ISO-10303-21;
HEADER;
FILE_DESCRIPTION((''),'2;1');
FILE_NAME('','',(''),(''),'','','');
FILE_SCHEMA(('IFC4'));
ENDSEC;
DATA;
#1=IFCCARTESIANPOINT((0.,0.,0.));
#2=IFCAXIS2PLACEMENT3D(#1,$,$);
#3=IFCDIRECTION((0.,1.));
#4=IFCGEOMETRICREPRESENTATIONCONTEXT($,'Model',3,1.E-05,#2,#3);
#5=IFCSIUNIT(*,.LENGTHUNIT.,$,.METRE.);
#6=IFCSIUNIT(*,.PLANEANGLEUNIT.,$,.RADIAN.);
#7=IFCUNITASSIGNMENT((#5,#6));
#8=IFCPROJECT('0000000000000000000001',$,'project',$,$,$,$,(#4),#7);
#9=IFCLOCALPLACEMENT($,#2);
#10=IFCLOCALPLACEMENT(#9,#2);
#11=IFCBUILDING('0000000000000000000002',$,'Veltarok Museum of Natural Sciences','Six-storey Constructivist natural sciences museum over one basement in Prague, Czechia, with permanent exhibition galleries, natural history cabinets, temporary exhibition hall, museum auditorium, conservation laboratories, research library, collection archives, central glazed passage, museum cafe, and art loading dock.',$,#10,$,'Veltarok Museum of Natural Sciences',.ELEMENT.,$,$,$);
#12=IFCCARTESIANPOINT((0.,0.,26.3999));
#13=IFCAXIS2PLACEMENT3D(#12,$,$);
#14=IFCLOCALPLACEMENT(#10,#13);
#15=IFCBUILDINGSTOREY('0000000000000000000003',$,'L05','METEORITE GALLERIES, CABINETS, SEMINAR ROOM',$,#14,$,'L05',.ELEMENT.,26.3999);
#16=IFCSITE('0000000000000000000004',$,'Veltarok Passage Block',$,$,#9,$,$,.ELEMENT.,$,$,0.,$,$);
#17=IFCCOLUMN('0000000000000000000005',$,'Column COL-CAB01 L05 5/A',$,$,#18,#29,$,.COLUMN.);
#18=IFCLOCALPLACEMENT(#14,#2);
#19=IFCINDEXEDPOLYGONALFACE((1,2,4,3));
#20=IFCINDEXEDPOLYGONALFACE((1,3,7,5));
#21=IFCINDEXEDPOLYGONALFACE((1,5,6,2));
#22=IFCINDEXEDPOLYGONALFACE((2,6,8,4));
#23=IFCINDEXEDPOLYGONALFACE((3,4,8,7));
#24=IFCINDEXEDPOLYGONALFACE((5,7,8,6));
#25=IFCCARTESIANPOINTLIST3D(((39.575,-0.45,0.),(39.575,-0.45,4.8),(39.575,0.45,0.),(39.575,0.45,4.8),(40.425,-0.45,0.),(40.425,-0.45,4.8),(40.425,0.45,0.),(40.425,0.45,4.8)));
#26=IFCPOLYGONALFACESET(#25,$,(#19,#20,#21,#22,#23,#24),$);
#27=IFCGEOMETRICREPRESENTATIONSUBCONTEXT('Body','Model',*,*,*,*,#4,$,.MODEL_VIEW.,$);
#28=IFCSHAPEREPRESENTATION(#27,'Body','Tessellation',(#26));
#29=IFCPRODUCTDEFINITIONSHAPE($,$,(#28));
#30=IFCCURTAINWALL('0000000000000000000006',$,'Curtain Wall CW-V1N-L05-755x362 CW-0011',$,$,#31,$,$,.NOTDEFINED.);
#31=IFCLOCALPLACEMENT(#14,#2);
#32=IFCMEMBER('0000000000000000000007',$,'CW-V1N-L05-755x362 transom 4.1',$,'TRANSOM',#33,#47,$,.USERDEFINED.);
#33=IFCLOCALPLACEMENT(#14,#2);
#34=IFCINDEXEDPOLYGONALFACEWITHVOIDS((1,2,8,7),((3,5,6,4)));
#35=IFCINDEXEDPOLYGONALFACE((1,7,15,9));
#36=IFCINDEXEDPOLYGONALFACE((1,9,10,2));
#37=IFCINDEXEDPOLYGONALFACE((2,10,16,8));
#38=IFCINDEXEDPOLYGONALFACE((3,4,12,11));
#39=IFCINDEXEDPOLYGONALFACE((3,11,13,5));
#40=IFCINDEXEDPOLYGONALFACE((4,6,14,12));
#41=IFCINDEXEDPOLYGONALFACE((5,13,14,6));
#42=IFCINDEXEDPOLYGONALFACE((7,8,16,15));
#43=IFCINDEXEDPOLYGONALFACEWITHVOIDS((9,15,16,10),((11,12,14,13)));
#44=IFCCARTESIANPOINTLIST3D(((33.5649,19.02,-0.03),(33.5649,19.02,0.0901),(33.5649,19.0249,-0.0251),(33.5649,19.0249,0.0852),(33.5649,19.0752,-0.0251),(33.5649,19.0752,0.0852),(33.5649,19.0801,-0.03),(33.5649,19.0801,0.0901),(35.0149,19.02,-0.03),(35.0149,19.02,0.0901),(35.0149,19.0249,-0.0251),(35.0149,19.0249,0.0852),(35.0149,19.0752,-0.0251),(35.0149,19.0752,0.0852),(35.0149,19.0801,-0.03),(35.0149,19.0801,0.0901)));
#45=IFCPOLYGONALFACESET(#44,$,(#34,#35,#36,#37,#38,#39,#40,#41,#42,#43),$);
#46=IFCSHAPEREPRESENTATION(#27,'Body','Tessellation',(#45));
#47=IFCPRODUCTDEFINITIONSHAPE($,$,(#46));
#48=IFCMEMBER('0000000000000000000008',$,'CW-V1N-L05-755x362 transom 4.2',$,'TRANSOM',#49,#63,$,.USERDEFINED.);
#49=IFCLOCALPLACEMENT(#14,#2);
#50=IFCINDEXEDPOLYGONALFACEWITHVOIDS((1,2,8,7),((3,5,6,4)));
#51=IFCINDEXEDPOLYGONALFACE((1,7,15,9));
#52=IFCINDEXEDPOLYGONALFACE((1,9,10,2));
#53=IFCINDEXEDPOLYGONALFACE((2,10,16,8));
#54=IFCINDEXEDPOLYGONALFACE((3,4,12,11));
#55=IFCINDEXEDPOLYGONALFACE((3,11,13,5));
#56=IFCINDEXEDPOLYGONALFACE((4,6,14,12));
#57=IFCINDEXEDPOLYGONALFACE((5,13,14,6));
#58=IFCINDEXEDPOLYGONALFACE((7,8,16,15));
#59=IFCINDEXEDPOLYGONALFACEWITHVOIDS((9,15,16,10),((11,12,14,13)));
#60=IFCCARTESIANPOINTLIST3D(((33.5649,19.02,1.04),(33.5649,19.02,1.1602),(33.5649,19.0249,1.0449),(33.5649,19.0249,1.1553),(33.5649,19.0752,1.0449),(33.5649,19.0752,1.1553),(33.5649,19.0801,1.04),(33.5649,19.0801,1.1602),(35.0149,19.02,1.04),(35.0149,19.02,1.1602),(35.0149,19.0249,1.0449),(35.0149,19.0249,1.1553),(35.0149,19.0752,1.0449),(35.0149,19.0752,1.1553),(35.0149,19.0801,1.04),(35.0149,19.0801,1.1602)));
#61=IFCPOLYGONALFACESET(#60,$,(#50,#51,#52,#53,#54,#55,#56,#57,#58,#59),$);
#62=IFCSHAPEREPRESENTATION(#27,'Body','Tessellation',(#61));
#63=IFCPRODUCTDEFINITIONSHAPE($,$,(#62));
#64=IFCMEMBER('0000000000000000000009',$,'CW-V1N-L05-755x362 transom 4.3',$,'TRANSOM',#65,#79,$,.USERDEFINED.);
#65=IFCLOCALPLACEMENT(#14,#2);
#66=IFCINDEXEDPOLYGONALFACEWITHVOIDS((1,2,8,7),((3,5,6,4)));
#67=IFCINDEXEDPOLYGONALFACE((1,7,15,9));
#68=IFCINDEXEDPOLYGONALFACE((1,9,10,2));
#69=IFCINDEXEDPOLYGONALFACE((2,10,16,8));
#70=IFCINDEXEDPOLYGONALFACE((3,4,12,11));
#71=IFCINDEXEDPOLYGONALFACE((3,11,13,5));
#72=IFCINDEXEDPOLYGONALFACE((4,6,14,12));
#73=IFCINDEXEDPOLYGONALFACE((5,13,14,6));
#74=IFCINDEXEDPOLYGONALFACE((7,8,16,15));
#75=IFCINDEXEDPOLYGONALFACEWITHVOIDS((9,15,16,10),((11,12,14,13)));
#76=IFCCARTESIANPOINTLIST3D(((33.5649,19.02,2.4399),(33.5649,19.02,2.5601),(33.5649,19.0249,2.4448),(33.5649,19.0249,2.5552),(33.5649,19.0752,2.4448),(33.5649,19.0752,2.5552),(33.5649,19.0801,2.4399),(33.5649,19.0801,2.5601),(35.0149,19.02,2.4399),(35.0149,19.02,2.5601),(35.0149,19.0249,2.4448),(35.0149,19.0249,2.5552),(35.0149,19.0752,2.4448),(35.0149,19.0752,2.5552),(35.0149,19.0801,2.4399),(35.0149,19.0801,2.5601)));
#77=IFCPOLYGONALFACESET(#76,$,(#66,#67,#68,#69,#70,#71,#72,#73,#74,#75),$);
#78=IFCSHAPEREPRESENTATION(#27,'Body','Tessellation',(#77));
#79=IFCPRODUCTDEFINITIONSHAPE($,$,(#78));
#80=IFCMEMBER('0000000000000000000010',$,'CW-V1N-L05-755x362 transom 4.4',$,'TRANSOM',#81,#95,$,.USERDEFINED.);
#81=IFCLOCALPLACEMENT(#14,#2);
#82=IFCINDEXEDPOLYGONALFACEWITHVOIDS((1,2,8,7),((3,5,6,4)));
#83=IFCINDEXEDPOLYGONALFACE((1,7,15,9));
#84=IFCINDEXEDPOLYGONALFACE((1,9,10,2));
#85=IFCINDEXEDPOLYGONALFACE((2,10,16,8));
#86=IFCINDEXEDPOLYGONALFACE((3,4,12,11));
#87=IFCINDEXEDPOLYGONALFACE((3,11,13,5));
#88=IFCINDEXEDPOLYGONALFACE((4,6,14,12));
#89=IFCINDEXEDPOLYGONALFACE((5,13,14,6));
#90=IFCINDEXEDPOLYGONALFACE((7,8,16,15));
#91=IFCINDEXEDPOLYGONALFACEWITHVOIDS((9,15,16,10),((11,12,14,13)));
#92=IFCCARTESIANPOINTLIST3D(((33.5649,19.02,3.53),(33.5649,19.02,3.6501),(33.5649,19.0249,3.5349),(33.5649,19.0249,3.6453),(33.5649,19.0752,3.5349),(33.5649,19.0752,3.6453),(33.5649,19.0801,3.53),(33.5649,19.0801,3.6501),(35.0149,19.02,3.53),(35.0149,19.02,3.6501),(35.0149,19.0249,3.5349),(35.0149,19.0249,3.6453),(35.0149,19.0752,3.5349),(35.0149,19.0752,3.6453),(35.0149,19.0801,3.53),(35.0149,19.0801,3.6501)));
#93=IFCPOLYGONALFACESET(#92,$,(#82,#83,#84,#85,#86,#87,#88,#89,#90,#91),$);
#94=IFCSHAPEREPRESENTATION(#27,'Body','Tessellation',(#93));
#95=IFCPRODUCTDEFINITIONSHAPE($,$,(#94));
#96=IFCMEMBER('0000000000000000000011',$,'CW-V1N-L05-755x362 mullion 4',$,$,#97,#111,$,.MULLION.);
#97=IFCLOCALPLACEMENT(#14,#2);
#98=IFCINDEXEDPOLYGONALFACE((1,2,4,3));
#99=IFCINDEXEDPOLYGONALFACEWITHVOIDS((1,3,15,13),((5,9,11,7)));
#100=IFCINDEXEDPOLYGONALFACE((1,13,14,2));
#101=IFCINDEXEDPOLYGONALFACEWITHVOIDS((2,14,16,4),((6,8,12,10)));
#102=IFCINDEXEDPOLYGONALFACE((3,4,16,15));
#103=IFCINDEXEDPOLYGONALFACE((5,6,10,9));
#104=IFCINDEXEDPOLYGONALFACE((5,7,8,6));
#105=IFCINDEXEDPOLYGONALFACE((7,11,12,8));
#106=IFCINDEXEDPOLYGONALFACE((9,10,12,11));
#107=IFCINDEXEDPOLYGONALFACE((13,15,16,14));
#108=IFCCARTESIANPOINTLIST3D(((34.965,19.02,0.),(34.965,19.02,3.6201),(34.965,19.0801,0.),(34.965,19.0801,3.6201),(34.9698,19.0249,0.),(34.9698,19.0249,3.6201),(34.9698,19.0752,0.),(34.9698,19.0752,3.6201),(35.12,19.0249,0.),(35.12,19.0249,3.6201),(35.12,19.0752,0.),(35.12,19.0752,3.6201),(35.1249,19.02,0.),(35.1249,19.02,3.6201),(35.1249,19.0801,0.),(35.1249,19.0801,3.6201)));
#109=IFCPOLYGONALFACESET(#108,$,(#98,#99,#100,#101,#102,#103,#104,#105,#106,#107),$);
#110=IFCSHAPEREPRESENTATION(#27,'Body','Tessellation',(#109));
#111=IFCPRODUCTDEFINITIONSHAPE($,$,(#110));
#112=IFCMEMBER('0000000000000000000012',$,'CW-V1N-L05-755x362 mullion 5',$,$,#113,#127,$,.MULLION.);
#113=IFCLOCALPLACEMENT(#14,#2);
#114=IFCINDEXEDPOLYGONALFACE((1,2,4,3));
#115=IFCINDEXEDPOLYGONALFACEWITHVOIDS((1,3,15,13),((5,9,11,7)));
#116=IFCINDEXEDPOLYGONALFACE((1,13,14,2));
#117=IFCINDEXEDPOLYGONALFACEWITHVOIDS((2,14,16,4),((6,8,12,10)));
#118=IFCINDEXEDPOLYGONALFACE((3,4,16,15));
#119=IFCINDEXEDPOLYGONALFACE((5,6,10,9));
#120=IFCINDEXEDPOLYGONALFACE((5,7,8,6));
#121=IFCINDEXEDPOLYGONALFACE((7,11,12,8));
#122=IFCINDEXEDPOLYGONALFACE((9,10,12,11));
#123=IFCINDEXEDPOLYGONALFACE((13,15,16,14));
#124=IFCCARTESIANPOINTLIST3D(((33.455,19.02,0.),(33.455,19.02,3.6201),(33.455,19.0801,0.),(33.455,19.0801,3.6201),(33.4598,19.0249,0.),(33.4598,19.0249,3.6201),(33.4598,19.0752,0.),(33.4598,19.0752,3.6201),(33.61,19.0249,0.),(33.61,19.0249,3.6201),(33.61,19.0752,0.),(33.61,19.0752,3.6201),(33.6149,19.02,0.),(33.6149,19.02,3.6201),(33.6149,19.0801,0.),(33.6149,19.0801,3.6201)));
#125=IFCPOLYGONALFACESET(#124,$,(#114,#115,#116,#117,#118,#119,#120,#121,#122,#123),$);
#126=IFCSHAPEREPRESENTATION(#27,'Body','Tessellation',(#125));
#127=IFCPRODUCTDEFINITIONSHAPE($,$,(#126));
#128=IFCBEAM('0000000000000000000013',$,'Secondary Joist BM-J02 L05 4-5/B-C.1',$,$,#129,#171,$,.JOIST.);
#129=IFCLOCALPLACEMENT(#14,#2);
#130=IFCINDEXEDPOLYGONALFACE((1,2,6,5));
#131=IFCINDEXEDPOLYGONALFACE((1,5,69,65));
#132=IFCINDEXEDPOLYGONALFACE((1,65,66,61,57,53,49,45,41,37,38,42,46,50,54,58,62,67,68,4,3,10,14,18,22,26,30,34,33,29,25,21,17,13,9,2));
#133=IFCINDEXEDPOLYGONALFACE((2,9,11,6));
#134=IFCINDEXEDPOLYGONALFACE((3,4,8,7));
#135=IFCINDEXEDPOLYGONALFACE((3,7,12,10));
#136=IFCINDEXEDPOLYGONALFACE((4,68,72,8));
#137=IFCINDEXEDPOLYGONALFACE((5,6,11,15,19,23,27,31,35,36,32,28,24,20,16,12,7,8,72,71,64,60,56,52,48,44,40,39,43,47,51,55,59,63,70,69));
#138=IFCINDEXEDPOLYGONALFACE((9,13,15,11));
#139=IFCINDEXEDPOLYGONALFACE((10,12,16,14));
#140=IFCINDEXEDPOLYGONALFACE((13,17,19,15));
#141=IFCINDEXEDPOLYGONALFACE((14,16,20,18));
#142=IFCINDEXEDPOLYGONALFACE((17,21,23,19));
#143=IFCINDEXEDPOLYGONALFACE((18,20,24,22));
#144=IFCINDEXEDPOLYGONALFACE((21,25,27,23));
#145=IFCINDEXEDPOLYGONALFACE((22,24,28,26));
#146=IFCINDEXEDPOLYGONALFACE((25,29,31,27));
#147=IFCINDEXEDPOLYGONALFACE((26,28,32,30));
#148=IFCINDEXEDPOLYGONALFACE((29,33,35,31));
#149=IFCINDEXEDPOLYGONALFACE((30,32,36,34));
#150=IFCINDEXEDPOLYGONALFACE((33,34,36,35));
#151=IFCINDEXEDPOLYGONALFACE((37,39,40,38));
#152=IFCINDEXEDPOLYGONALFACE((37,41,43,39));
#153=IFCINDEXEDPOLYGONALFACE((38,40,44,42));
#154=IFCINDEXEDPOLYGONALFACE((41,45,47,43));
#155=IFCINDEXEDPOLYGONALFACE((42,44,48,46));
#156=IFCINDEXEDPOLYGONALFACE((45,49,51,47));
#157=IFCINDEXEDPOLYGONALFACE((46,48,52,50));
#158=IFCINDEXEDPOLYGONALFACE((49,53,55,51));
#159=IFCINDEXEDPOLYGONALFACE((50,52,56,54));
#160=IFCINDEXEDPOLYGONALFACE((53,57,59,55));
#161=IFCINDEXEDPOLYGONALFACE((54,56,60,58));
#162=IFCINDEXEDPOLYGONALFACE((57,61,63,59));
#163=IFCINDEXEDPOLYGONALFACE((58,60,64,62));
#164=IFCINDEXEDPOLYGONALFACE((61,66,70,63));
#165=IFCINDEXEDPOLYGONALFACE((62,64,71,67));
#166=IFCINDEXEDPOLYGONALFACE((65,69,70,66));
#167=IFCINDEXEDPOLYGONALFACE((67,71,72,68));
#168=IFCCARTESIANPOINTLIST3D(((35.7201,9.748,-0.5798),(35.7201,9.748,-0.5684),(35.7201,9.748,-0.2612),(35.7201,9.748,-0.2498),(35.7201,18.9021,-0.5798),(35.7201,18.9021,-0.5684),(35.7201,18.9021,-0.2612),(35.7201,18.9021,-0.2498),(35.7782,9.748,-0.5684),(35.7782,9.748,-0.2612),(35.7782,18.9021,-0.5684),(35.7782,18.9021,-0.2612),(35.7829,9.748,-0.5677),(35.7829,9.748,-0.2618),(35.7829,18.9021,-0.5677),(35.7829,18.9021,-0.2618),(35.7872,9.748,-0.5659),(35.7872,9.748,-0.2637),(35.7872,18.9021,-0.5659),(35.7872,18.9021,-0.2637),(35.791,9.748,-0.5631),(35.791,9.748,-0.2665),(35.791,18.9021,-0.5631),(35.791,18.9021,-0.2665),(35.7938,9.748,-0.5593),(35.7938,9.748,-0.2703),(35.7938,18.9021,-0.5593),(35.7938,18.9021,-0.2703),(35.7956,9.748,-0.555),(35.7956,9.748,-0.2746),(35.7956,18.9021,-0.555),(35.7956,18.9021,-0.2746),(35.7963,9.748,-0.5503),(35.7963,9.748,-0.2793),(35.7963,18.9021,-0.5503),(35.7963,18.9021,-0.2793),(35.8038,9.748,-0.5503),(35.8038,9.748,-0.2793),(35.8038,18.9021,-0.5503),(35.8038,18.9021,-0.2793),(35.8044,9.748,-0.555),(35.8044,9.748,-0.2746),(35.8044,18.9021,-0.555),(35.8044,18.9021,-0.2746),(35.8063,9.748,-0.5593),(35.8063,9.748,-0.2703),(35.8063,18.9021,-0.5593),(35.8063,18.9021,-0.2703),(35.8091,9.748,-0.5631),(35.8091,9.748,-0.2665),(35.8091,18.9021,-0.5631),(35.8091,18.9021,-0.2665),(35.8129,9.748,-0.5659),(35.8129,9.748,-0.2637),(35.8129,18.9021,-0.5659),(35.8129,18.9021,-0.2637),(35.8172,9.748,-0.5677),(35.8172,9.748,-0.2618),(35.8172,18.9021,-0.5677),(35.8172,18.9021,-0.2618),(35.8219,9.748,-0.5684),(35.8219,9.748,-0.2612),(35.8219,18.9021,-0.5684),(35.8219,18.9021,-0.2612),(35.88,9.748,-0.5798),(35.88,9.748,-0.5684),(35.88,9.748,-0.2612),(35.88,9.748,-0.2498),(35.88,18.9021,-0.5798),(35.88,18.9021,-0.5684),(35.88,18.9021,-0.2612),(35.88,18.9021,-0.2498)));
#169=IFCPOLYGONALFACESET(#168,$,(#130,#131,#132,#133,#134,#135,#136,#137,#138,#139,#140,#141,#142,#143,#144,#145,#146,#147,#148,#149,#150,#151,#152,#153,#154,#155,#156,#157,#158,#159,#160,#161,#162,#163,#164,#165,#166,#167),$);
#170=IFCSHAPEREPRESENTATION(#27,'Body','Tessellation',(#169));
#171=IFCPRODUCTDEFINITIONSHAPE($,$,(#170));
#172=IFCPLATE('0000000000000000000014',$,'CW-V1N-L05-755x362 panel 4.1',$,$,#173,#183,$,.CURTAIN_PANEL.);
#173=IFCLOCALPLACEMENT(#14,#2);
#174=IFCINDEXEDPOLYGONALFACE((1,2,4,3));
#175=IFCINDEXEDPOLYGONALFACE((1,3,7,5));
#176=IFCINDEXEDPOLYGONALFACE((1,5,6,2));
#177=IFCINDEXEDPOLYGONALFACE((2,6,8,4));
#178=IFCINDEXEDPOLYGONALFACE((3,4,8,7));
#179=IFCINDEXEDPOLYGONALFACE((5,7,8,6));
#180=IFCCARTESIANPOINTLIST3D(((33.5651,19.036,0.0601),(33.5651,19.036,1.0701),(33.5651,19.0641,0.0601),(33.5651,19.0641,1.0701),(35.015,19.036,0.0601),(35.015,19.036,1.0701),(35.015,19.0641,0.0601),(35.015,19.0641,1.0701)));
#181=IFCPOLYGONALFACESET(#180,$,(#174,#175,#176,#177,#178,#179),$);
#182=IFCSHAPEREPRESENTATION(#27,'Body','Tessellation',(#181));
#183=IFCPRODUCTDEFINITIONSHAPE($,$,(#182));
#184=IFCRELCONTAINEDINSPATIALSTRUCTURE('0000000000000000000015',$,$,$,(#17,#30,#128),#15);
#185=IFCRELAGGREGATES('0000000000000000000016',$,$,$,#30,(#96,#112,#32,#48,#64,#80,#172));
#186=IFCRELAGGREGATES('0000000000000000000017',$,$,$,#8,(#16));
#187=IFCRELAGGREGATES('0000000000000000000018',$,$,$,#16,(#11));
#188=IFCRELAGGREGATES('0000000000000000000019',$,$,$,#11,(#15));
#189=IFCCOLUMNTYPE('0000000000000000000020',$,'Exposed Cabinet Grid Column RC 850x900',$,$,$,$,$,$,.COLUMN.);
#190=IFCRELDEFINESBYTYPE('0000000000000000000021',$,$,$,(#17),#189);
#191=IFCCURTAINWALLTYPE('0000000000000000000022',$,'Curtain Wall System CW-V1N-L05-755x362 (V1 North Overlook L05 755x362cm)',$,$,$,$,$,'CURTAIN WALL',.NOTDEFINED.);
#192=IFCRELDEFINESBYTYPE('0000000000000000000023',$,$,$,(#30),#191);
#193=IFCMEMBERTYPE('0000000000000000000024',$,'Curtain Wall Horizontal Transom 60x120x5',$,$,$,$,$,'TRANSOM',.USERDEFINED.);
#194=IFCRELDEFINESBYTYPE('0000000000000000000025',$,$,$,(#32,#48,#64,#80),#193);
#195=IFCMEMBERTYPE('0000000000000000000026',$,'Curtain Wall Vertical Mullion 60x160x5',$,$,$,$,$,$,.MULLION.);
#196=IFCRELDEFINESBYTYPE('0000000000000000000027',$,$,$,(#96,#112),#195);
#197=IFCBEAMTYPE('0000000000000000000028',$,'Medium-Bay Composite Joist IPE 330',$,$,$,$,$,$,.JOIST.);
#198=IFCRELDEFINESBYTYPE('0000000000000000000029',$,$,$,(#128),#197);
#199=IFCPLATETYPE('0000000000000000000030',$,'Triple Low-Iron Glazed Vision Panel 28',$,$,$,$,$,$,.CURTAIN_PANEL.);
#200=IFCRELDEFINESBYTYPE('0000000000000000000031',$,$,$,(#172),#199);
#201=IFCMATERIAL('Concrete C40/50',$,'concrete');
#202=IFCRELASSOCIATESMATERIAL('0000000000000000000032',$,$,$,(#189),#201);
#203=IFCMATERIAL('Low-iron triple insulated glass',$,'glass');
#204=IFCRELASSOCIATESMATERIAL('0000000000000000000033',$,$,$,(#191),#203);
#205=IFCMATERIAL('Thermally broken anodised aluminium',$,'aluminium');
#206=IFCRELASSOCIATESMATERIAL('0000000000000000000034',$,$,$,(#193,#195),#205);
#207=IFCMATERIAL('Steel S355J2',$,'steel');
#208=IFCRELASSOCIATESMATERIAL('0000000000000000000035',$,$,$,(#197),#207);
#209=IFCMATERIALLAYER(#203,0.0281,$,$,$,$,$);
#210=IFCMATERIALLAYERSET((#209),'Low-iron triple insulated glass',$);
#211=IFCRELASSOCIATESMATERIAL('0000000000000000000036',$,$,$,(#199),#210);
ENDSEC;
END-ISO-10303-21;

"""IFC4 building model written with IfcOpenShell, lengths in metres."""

from ifc_helpers import new_model, si_unit, direction, frame, origin, origin_2d, place, context, subcontext, project, spatial, rectangle, hollow_rectangle, i_section, extrude, material, layer, layer_set, material_profile, profile_set, type_object, element, aggregate, save


model = new_model("IFC4")

# Units and contexts
model_context = context("Model", 3, precision=1e-05, world=origin(), true_north=direction((0.0, 1.0)))
body_context = subcontext(model_context, "Body", "Model", "MODEL_VIEW")
ifc_project = project(units=[si_unit("LENGTHUNIT", "METRE"), si_unit("PLANEANGLEUNIT", "RADIAN")], contexts=[model_context])

# Site, building, storey
site_placement = place(None, origin())
site = spatial("IfcSite", under=ifc_project, at=site_placement, Name="Veltarok Passage Block", CompositionType="ELEMENT", RefElevation=0.0)
building_placement = place(site_placement, origin())
building = spatial("IfcBuilding", under=site, at=building_placement, Name="Veltarok Museum of Natural Sciences", Description="Six-storey Constructivist natural sciences museum over one basement in Prague, Czechia, with permanent exhibition galleries, natural history cabinets, temporary exhibition hall, museum auditorium, conservation laboratories, research library, collection archives, central glazed passage, museum cafe, and art loading dock.", LongName="Veltarok Museum of Natural Sciences", CompositionType="ELEMENT")
storey_placement = place(building_placement, frame((0.0, 0.0, 26.3999)))
storey = spatial("IfcBuildingStorey", under=building, at=storey_placement, Name="L05", Description="METEORITE GALLERIES, CABINETS, SEMINAR ROOM", LongName="L05", CompositionType="ELEMENT", Elevation=26.3999)

# Column
ifc_material_1 = material(Name="Concrete C40/50", Category="concrete")
ifc_material_profile_1 = material_profile(ifc_material_1, rectangle(XDim=0.8501, YDim=0.8999, at=origin_2d()), Name="RC 850x900")
ifc_profile_set_1 = profile_set([ifc_material_profile_1], Name="Concrete C40/50")
column_type = type_object("IfcColumnType", Name="Exposed Cabinet Grid Column RC 850x900", PredefinedType="COLUMN", material=ifc_profile_set_1)
column_placement = place(storey_placement, frame((40.0, 0.0, 0.0), z_axis=(0.0, 0.0, 1.0), x_axis=(1.0, 0.0, 0.0)))
element("IfcColumn", 1, at=column_placement, inside=storey, type_object=column_type, Name="Column COL-CAB01 L05 5/A", PredefinedType="COLUMN", context=body_context, shape_type="SweptSolid", body=[
    extrude(rectangle(XDim=0.8501, YDim=0.8999, at=origin_2d()), origin(), (0.0, 0.0, 1.0), 4.8),
])

# Curtain wall, members
ifc_material_2 = material(Name="Low-iron triple insulated glass", Category="glass")
curtain_wall_type = type_object("IfcCurtainWallType", Name="Curtain Wall System CW-V1N-L05-755x362 (V1 North Overlook L05 755x362cm)", ElementType="CURTAIN WALL", PredefinedType="NOTDEFINED", material=ifc_material_2)
curtain_wall_placement = place(storey_placement, origin())
curtain_wall = element("IfcCurtainWall", 2, at=curtain_wall_placement, inside=storey, type_object=curtain_wall_type, Name="Curtain Wall CW-V1N-L05-755x362 CW-0011", PredefinedType="NOTDEFINED")
ifc_material_3 = material(Name="Thermally broken anodised aluminium", Category="aluminium")
ifc_material_profile_2 = material_profile(ifc_material_3, hollow_rectangle(XDim=0.0601, YDim=0.1201, WallThickness=0.0049, at=origin_2d()), Name="CW TRANSOM 60x120x5")
ifc_profile_set_2 = profile_set([ifc_material_profile_2], Name="Thermally broken anodised aluminium")
member_type_1 = type_object("IfcMemberType", Name="Curtain Wall Horizontal Transom 60x120x5", ElementType="TRANSOM", PredefinedType="USERDEFINED", material=ifc_profile_set_2)
member_1_placement = place(storey_placement, frame((35.0149, 19.05, 0.03), z_axis=(-1.0, 0.0, 0.0), x_axis=(0.0, -1.0, 0.0)))
member_1 = element("IfcMember", 3, at=member_1_placement, type_object=member_type_1, Name="CW-V1N-L05-755x362 transom 4.1", ObjectType="TRANSOM", PredefinedType="USERDEFINED", context=body_context, shape_type="SweptSolid", body=[
    extrude(hollow_rectangle(XDim=0.0601, YDim=0.1201, WallThickness=0.0049, at=origin_2d()), origin(), (0.0, 0.0, 1.0), 1.45),
])
member_2_placement = place(storey_placement, frame((35.0149, 19.05, 1.1001), z_axis=(-1.0, 0.0, 0.0), x_axis=(0.0, -1.0, 0.0)))
member_2 = element("IfcMember", 4, at=member_2_placement, type_object=member_type_1, Name="CW-V1N-L05-755x362 transom 4.2", ObjectType="TRANSOM", PredefinedType="USERDEFINED", context=body_context, shape_type="SweptSolid", body=[
    extrude(hollow_rectangle(XDim=0.0601, YDim=0.1201, WallThickness=0.0049, at=origin_2d()), origin(), (0.0, 0.0, 1.0), 1.45),
])
member_3_placement = place(storey_placement, frame((35.0149, 19.05, 2.5), z_axis=(-1.0, 0.0, 0.0), x_axis=(0.0, -1.0, 0.0)))
member_3 = element("IfcMember", 5, at=member_3_placement, type_object=member_type_1, Name="CW-V1N-L05-755x362 transom 4.3", ObjectType="TRANSOM", PredefinedType="USERDEFINED", context=body_context, shape_type="SweptSolid", body=[
    extrude(hollow_rectangle(XDim=0.0601, YDim=0.1201, WallThickness=0.0049, at=origin_2d()), origin(), (0.0, 0.0, 1.0), 1.45),
])
member_4_placement = place(storey_placement, frame((35.0149, 19.05, 3.5901), z_axis=(-1.0, 0.0, 0.0), x_axis=(0.0, -1.0, 0.0)))
member_4 = element("IfcMember", 6, at=member_4_placement, type_object=member_type_1, Name="CW-V1N-L05-755x362 transom 4.4", ObjectType="TRANSOM", PredefinedType="USERDEFINED", context=body_context, shape_type="SweptSolid", body=[
    extrude(hollow_rectangle(XDim=0.0601, YDim=0.1201, WallThickness=0.0049, at=origin_2d()), origin(), (0.0, 0.0, 1.0), 1.45),
])
ifc_material_profile_3 = material_profile(ifc_material_3, hollow_rectangle(XDim=0.0601, YDim=0.1599, WallThickness=0.0049, at=origin_2d()), Name="CW MULLION 60x160x5")
ifc_profile_set_3 = profile_set([ifc_material_profile_3], Name="Thermally broken anodised aluminium")
member_type_2 = type_object("IfcMemberType", Name="Curtain Wall Vertical Mullion 60x160x5", PredefinedType="MULLION", material=ifc_profile_set_3)
member_5_placement = place(storey_placement, frame((35.0449, 19.05, 0.0), z_axis=(0.0, 0.0, 1.0), x_axis=(0.0, -1.0, 0.0)))
member_5 = element("IfcMember", 7, at=member_5_placement, type_object=member_type_2, Name="CW-V1N-L05-755x362 mullion 4", PredefinedType="MULLION", context=body_context, shape_type="SweptSolid", body=[
    extrude(hollow_rectangle(XDim=0.0601, YDim=0.1599, WallThickness=0.0049, at=origin_2d()), origin(), (0.0, 0.0, 1.0), 3.6201),
])
member_6_placement = place(storey_placement, frame((33.5349, 19.05, 0.0), z_axis=(0.0, 0.0, 1.0), x_axis=(0.0, -1.0, 0.0)))
member_6 = element("IfcMember", 8, at=member_6_placement, type_object=member_type_2, Name="CW-V1N-L05-755x362 mullion 5", PredefinedType="MULLION", context=body_context, shape_type="SweptSolid", body=[
    extrude(hollow_rectangle(XDim=0.0601, YDim=0.1599, WallThickness=0.0049, at=origin_2d()), origin(), (0.0, 0.0, 1.0), 3.6201),
])

# Beam
ifc_material_4 = material(Name="Steel S355J2", Category="steel")
ifc_material_profile_4 = material_profile(ifc_material_4, i_section(OverallWidth=0.1599, OverallDepth=0.3301, WebThickness=0.0076, FlangeThickness=0.0115, FilletRadius=0.0181, at=origin_2d()), Name="IPE 330")
ifc_profile_set_4 = profile_set([ifc_material_profile_4], Name="Steel S355J2")
beam_type = type_object("IfcBeamType", Name="Medium-Bay Composite Joist IPE 330", PredefinedType="JOIST", material=ifc_profile_set_4)
beam_placement = place(storey_placement, frame((35.8, 9.748, -0.4148), z_axis=(0.0, 1.0, 0.0), x_axis=(-1.0, 0.0, 0.0)))
element("IfcBeam", 9, at=beam_placement, inside=storey, type_object=beam_type, Name="Secondary Joist BM-J02 L05 4-5/B-C.1", PredefinedType="JOIST", context=body_context, shape_type="SweptSolid", body=[
    extrude(i_section(OverallWidth=0.1599, OverallDepth=0.3301, WebThickness=0.0076, FlangeThickness=0.0115, FilletRadius=0.0181, at=origin_2d()), origin(), (0.0, 0.0, 1.0), 9.1541),
])

# Plate
ifc_layer_1 = layer(ifc_material_2, 0.0281)
ifc_layer_set_1 = layer_set([ifc_layer_1], Name="Low-iron triple insulated glass")
plate_type = type_object("IfcPlateType", Name="Triple Low-Iron Glazed Vision Panel 28", PredefinedType="CURTAIN_PANEL", material=ifc_layer_set_1)
plate_1_placement = place(storey_placement, frame((34.29, 19.05, 0.0601), z_axis=(0.0, 0.0, 1.0), x_axis=(-1.0, 0.0, 0.0)))
plate_1 = element("IfcPlate", 10, at=plate_1_placement, type_object=plate_type, Name="CW-V1N-L05-755x362 panel 4.1", PredefinedType="CURTAIN_PANEL", context=body_context, shape_type="SweptSolid", body=[
    extrude(rectangle(XDim=1.45, YDim=0.0281, at=origin_2d()), origin(), (0.0, 0.0, 1.0), 1.01),
])
aggregate(curtain_wall, [member_5, member_6, member_1, member_2, member_3, member_4, plate_1])

save(model, "model.ifc")
